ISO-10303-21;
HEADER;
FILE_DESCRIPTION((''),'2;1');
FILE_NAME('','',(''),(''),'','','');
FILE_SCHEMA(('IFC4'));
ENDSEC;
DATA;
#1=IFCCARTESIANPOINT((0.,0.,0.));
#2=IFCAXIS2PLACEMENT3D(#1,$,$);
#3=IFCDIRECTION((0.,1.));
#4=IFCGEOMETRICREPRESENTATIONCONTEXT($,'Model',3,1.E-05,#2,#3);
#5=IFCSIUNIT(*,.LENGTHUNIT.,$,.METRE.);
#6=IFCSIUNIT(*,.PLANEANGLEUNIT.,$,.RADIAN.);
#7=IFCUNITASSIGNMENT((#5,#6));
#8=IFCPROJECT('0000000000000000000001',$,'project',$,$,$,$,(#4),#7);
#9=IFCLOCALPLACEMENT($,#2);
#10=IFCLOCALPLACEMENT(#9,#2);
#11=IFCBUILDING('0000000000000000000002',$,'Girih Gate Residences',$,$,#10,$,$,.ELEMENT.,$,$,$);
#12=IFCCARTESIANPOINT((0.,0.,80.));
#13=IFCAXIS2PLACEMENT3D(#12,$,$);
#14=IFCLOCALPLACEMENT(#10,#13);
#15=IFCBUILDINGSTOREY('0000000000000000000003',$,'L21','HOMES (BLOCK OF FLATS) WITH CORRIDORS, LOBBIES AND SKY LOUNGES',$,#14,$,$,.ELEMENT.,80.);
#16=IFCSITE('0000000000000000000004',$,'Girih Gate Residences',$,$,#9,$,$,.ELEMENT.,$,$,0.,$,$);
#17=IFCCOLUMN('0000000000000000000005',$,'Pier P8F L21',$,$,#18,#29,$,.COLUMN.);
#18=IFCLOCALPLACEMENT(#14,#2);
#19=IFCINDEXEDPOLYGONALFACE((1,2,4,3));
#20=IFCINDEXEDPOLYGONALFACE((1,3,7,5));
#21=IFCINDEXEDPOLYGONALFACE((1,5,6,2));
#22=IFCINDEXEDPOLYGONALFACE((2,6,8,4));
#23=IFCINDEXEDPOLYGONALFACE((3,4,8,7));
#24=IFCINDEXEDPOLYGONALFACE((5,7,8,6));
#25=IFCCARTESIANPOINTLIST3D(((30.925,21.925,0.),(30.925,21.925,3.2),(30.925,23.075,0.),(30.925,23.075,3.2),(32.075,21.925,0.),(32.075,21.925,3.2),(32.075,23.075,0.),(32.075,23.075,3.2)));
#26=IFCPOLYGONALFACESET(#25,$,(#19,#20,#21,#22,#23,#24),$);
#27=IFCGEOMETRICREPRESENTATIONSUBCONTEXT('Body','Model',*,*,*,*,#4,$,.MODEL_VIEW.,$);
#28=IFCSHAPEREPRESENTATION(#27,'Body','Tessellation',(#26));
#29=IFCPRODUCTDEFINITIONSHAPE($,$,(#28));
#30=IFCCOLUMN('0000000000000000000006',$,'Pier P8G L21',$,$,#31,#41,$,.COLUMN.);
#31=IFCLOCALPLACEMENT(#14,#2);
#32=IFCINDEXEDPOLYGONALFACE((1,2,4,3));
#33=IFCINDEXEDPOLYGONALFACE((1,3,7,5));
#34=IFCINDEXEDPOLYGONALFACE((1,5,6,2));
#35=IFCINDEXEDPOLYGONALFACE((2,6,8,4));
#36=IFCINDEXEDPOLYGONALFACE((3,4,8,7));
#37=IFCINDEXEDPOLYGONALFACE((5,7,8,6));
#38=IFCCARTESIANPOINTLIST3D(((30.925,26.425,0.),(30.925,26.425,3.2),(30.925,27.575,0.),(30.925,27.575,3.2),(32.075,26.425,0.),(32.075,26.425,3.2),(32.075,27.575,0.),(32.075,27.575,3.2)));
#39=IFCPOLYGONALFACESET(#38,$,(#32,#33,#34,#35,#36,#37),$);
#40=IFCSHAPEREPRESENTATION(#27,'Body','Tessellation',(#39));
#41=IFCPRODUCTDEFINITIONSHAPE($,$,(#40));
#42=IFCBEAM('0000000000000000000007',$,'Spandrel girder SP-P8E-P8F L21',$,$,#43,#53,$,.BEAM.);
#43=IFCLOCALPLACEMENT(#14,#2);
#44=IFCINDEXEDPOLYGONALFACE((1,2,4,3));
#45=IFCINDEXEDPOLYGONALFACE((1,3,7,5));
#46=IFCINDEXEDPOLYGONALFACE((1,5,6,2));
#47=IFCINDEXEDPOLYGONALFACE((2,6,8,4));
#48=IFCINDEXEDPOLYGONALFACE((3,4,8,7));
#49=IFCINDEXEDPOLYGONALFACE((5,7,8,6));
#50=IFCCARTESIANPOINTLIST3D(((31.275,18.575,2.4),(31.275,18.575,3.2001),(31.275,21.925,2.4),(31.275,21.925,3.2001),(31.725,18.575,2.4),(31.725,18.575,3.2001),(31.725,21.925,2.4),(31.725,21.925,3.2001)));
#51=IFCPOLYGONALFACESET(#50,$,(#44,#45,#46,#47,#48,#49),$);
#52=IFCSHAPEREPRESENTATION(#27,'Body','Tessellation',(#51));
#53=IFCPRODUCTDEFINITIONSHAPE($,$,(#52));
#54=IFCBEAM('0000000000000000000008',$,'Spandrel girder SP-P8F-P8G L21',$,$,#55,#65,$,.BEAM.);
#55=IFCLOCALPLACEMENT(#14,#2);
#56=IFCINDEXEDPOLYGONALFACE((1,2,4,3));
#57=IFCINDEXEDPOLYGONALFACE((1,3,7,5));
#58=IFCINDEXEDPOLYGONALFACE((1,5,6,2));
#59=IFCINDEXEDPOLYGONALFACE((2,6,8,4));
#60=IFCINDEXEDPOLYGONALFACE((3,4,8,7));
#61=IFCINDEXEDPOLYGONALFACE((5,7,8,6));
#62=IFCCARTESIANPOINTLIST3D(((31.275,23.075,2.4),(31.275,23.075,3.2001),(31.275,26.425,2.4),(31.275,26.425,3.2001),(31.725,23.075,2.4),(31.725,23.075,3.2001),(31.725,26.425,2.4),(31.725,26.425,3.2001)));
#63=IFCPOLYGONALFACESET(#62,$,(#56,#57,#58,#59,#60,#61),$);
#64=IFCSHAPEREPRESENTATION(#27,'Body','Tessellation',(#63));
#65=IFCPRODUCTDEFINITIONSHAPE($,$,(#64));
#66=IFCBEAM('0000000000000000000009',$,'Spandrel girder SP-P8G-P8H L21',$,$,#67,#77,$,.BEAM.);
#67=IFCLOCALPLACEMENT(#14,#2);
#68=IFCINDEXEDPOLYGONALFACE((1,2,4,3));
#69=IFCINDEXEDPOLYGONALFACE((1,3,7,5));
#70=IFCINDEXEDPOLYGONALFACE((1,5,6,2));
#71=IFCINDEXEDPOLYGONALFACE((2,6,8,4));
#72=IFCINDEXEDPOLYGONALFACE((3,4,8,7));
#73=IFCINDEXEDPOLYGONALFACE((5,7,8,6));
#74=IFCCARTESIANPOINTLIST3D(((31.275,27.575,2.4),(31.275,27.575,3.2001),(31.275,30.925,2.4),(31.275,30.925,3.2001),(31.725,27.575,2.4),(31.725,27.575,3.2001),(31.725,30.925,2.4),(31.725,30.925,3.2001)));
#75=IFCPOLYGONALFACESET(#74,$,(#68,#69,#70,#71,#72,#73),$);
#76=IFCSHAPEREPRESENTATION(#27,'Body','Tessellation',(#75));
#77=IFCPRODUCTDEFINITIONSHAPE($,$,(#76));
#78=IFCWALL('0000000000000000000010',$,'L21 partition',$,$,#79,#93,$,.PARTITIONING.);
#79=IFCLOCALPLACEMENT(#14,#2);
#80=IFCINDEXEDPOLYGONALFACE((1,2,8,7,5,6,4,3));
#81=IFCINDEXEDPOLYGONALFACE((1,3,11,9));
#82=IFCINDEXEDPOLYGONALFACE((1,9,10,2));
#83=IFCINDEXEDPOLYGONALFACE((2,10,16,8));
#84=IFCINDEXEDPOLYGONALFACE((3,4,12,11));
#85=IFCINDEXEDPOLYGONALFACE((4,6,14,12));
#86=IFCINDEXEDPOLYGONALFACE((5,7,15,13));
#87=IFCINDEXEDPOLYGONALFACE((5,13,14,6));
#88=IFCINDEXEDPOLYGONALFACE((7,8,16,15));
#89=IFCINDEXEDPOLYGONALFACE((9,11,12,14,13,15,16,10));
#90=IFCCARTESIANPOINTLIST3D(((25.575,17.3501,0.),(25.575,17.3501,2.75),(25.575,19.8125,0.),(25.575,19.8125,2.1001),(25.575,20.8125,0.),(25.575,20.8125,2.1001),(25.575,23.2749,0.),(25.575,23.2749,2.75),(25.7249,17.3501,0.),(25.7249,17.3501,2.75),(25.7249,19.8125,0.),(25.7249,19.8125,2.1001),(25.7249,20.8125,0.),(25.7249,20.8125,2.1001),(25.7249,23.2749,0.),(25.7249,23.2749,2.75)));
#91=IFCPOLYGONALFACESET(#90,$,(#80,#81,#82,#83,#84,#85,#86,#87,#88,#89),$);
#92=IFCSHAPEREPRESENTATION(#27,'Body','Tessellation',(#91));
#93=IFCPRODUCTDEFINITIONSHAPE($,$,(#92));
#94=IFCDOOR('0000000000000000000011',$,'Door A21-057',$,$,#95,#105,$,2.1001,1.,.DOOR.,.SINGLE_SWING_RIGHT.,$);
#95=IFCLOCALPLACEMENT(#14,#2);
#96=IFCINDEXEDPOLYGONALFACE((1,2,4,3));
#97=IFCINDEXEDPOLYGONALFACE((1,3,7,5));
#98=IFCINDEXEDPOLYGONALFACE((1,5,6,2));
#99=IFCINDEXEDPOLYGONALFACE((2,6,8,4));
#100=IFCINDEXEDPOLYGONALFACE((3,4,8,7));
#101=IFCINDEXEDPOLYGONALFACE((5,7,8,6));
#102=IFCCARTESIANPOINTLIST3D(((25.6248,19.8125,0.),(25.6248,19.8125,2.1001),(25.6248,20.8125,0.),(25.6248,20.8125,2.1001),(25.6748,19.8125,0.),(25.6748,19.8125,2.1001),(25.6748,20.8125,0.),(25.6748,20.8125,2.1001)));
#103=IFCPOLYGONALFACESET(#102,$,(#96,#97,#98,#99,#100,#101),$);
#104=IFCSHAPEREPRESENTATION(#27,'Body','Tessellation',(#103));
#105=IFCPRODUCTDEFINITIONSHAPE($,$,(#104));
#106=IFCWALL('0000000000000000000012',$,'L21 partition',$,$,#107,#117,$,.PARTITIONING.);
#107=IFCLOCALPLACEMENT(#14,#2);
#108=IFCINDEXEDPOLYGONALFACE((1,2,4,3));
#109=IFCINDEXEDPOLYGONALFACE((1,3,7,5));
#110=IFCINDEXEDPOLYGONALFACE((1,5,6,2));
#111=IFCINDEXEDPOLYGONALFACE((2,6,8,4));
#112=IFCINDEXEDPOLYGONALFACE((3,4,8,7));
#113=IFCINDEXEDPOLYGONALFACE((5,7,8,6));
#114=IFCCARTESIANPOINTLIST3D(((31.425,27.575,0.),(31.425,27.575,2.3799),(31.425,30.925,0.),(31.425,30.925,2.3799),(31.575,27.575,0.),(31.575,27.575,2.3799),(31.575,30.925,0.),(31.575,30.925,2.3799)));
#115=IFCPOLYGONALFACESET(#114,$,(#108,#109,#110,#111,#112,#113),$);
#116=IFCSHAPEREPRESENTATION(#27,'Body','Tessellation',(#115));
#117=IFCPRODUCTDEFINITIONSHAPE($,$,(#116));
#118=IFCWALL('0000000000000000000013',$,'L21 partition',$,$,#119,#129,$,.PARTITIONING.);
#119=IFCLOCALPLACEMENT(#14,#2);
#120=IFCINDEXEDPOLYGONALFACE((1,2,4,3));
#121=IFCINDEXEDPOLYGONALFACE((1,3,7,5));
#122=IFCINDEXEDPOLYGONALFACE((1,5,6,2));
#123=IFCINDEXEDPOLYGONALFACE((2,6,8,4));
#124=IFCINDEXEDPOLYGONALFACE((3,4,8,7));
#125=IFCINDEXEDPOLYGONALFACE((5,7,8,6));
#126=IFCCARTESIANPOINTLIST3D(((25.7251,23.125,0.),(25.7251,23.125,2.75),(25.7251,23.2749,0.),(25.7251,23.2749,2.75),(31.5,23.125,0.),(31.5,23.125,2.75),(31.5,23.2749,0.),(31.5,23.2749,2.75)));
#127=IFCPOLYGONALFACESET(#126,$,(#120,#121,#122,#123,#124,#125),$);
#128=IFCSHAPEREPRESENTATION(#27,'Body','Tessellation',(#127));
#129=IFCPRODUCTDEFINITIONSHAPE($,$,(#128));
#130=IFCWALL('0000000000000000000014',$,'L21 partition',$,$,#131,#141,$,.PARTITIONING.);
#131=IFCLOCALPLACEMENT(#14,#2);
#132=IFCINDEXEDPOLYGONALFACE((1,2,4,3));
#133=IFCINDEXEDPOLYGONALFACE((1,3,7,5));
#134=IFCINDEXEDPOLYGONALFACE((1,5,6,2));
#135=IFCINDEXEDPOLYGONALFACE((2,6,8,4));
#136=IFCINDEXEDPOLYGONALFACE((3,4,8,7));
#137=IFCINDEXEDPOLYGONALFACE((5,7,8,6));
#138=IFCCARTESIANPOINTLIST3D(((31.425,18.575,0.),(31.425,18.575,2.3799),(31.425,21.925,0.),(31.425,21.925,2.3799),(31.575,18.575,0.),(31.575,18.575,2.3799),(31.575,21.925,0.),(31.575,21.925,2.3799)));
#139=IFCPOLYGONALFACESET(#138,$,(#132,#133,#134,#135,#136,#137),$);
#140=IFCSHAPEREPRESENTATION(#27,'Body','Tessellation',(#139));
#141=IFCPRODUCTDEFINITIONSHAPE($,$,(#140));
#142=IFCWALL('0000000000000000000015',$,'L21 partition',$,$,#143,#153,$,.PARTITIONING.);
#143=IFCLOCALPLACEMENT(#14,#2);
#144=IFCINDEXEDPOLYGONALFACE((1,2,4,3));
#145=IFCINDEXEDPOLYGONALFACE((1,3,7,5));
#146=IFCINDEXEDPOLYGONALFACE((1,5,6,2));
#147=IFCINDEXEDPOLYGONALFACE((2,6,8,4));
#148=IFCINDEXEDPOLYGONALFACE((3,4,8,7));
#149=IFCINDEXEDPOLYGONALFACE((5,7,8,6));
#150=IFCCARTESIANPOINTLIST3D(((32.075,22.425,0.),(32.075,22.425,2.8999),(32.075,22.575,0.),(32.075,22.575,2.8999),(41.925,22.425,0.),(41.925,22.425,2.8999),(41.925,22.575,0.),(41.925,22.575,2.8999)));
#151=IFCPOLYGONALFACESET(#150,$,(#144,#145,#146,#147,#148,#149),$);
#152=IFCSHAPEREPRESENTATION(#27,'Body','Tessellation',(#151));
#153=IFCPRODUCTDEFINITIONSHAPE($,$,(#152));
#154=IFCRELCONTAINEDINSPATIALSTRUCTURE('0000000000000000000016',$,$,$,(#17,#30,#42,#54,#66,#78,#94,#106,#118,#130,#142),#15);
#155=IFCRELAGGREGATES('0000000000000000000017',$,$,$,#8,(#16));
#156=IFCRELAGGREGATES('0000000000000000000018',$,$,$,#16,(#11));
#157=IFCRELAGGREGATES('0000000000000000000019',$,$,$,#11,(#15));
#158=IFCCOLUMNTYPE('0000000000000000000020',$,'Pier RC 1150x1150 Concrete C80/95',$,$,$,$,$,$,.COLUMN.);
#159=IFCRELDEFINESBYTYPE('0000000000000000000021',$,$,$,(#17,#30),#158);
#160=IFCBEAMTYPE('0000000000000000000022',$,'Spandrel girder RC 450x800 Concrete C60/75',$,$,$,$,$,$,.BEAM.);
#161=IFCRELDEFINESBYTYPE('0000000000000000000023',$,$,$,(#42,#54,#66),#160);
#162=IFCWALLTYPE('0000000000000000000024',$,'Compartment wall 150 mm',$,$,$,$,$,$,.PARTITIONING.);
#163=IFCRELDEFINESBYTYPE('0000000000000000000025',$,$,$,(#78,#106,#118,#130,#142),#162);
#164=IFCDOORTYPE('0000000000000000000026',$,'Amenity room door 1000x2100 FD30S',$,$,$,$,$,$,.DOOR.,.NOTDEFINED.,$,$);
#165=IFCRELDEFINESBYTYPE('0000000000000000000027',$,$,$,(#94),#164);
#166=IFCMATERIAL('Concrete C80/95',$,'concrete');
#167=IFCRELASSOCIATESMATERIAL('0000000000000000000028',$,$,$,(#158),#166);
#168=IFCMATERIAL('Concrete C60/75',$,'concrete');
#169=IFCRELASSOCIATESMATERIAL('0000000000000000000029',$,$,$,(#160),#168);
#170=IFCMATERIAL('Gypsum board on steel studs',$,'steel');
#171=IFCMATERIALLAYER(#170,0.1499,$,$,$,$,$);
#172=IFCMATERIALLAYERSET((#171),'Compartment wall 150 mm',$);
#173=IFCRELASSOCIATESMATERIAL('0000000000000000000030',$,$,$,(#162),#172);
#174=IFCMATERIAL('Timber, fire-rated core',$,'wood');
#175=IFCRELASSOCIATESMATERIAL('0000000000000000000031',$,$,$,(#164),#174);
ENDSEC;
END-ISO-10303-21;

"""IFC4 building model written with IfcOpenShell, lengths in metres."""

from ifc_helpers import new_model, si_unit, direction, frame, frame_2d, origin, origin_2d, place, context, subcontext, project, spatial, rectangle, extrude, material, layer, layer_set, material_profile, profile_set, type_object, element, fill, save


model = new_model("IFC4")

# Units and contexts
model_context = context("Model", 3, precision=1e-05, world=origin(), true_north=direction((0.0, 1.0)))
body_context = subcontext(model_context, "Body", "Model", "MODEL_VIEW")
ifc_project = project(units=[si_unit("LENGTHUNIT", "METRE"), si_unit("PLANEANGLEUNIT", "RADIAN")], contexts=[model_context])

# Site, building, storey
site_placement = place(None, origin())
site = spatial("IfcSite", under=ifc_project, at=site_placement, Name="Girih Gate Residences", CompositionType="ELEMENT", RefElevation=0.0)
building_placement = place(site_placement, origin())
building = spatial("IfcBuilding", under=site, at=building_placement, Name="Girih Gate Residences", CompositionType="ELEMENT")
storey_placement = place(building_placement, frame((0.0, 0.0, 80.0)))
storey = spatial("IfcBuildingStorey", under=building, at=storey_placement, Name="L21", Description="HOMES (BLOCK OF FLATS) WITH CORRIDORS, LOBBIES AND SKY LOUNGES", CompositionType="ELEMENT", Elevation=80.0)

# Columns
ifc_material_1 = material(Name="Concrete C80/95", Category="concrete")
ifc_material_profile_1 = material_profile(ifc_material_1, rectangle(XDim=1.1499, YDim=1.1499, at=origin_2d()))
ifc_profile_set_1 = profile_set([ifc_material_profile_1], Name="Concrete C80/95")
column_type = type_object("IfcColumnType", Name="Pier RC 1150x1150 Concrete C80/95", PredefinedType="COLUMN", material=ifc_profile_set_1)
for number, where, z_axis, x_axis, name in (
    (1, (31.5, 22.5, 0.0), (0.0, 0.0, 1.0), (1.0, 0.0, 0.0), "Pier P8F L21"),
    (2, (31.5, 27.0, 0.0), (0.0, 0.0, 1.0), (1.0, 0.0, 0.0), "Pier P8G L21"),
):
    element("IfcColumn", number, at=place(storey_placement, frame(where, z_axis=z_axis, x_axis=x_axis)), inside=storey, type_object=column_type, Name=name, PredefinedType="COLUMN", context=body_context, shape_type="SweptSolid", body=[
        extrude(rectangle(XDim=1.1499, YDim=1.1499, at=origin_2d()), origin(), (0.0, 0.0, 1.0), 3.2),
    ])

# Beams
ifc_material_2 = material(Name="Concrete C60/75", Category="concrete")
ifc_material_profile_2 = material_profile(ifc_material_2, rectangle(XDim=0.45, YDim=0.8, at=origin_2d()))
ifc_profile_set_2 = profile_set([ifc_material_profile_2], Name="Concrete C60/75")
beam_type = type_object("IfcBeamType", Name="Spandrel girder RC 450x800 Concrete C60/75", PredefinedType="BEAM", material=ifc_profile_set_2)
for number, where, z_axis, x_axis, name in (
    (3, (31.5, 18.575, 2.8), (0.0, 1.0, 0.0), (-1.0, 0.0, 0.0), "Spandrel girder SP-P8E-P8F L21"),
    (4, (31.5, 23.075, 2.8), (0.0, 1.0, 0.0), (-1.0, 0.0, 0.0), "Spandrel girder SP-P8F-P8G L21"),
    (5, (31.5, 27.575, 2.8), (0.0, 1.0, 0.0), (-1.0, 0.0, 0.0), "Spandrel girder SP-P8G-P8H L21"),
):
    element("IfcBeam", number, at=place(storey_placement, frame(where, z_axis=z_axis, x_axis=x_axis)), inside=storey, type_object=beam_type, Name=name, PredefinedType="BEAM", context=body_context, shape_type="SweptSolid", body=[
        extrude(rectangle(XDim=0.45, YDim=0.8, at=origin_2d()), origin(), (0.0, 0.0, 1.0), 3.3501),
    ])

# Wall, opening, door
ifc_material_3 = material(Name="Gypsum board on steel studs", Category="steel")
ifc_layer_1 = layer(ifc_material_3, 0.1499)
ifc_layer_set_1 = layer_set([ifc_layer_1], Name="Compartment wall 150 mm")
wall_type_1 = type_object("IfcWallType", Name="Compartment wall 150 mm", PredefinedType="PARTITIONING", material=ifc_layer_set_1)
wall_1_placement = place(storey_placement, frame((25.6499, 23.2749, 0.0), z_axis=(0.0, 0.0, 1.0), x_axis=(0.0, -1.0, 0.0)))
wall_1 = element("IfcWall", 6, at=wall_1_placement, inside=storey, type_object=wall_type_1, Name="L21 partition", PredefinedType="PARTITIONING", context=body_context, shape_type="SweptSolid", body=[
    extrude(rectangle(XDim=5.9248, YDim=0.1499, at=frame_2d((2.9624, 0.0))), origin(), (0.0, 0.0, 1.0), 2.75),
])
opening_1_placement = place(wall_1_placement, frame((2.4624, 0.0, 0.0)))
opening_1 = element("IfcOpeningElement", 7, at=opening_1_placement, cuts=wall_1, PredefinedType="OPENING", context=body_context, shape_type="SweptSolid", body=[
    extrude(rectangle(XDim=1.0, YDim=2.1001, at=frame_2d((0.5, 1.05))), frame((0.0, 0.085, 0.0), z_axis=(0.0, -1.0, 0.0), x_axis=(1.0, 0.0, 0.0)), (0.0, 0.0, 1.0), 0.1699),
])
ifc_material_4 = material(Name="Timber, fire-rated core", Category="wood")
door_type_1 = type_object("IfcDoorType", Name="Amenity room door 1000x2100 FD30S", OperationType="NOTDEFINED", PredefinedType="DOOR", material=ifc_material_4)
door_1_placement = place(opening_1_placement, origin())
door_1 = element("IfcDoor", 8, at=door_1_placement, inside=storey, type_object=door_type_1, Name="Door A21-057", OperationType="SINGLE_SWING_RIGHT", OverallHeight=2.1001, OverallWidth=1.0, PredefinedType="DOOR", context=body_context, shape_type="SweptSolid", body=[
    extrude(rectangle(XDim=1.0, YDim=2.1001, at=frame_2d((0.5, 1.05))), frame((0.0, 0.0249, 0.0), z_axis=(0.0, -1.0, 0.0), x_axis=(1.0, 0.0, 0.0)), (0.0, 0.0, 1.0), 0.05),
])
fill(opening_1, door_1)

# Walls
wall_2_placement = place(storey_placement, frame((31.5, 27.575, 0.0), z_axis=(0.0, 0.0, 1.0), x_axis=(0.0, 1.0, 0.0)))
element("IfcWall", 9, at=wall_2_placement, inside=storey, type_object=wall_type_1, Name="L21 partition", PredefinedType="PARTITIONING", context=body_context, shape_type="SweptSolid", body=[
    extrude(rectangle(XDim=3.3501, YDim=0.1499, at=frame_2d((1.675, 0.0))), origin(), (0.0, 0.0, 1.0), 2.3799),
])
wall_3_placement = place(storey_placement, frame((25.7251, 23.2, 0.0), z_axis=(0.0, 0.0, 1.0), x_axis=(1.0, 0.0, 0.0)))
element("IfcWall", 10, at=wall_3_placement, inside=storey, type_object=wall_type_1, Name="L21 partition", PredefinedType="PARTITIONING", context=body_context, shape_type="SweptSolid", body=[
    extrude(rectangle(XDim=5.7749, YDim=0.1499, at=frame_2d((2.8875, 0.0))), origin(), (0.0, 0.0, 1.0), 2.75),
])
wall_4_placement = place(storey_placement, frame((31.5, 18.575, 0.0), z_axis=(0.0, 0.0, 1.0), x_axis=(0.0, 1.0, 0.0)))
element("IfcWall", 11, at=wall_4_placement, inside=storey, type_object=wall_type_1, Name="L21 partition", PredefinedType="PARTITIONING", context=body_context, shape_type="SweptSolid", body=[
    extrude(rectangle(XDim=3.3501, YDim=0.1499, at=frame_2d((1.675, 0.0))), origin(), (0.0, 0.0, 1.0), 2.3799),
])
wall_5_placement = place(storey_placement, frame((32.075, 22.5, 0.0), z_axis=(0.0, 0.0, 1.0), x_axis=(1.0, 0.0, 0.0)))
element("IfcWall", 12, at=wall_5_placement, inside=storey, type_object=wall_type_1, Name="L21 partition", PredefinedType="PARTITIONING", context=body_context, shape_type="SweptSolid", body=[
    extrude(rectangle(XDim=9.8501, YDim=0.1499, at=frame_2d((4.925, 0.0))), origin(), (0.0, 0.0, 1.0), 2.8999),
])

save(model, "model.ifc")
